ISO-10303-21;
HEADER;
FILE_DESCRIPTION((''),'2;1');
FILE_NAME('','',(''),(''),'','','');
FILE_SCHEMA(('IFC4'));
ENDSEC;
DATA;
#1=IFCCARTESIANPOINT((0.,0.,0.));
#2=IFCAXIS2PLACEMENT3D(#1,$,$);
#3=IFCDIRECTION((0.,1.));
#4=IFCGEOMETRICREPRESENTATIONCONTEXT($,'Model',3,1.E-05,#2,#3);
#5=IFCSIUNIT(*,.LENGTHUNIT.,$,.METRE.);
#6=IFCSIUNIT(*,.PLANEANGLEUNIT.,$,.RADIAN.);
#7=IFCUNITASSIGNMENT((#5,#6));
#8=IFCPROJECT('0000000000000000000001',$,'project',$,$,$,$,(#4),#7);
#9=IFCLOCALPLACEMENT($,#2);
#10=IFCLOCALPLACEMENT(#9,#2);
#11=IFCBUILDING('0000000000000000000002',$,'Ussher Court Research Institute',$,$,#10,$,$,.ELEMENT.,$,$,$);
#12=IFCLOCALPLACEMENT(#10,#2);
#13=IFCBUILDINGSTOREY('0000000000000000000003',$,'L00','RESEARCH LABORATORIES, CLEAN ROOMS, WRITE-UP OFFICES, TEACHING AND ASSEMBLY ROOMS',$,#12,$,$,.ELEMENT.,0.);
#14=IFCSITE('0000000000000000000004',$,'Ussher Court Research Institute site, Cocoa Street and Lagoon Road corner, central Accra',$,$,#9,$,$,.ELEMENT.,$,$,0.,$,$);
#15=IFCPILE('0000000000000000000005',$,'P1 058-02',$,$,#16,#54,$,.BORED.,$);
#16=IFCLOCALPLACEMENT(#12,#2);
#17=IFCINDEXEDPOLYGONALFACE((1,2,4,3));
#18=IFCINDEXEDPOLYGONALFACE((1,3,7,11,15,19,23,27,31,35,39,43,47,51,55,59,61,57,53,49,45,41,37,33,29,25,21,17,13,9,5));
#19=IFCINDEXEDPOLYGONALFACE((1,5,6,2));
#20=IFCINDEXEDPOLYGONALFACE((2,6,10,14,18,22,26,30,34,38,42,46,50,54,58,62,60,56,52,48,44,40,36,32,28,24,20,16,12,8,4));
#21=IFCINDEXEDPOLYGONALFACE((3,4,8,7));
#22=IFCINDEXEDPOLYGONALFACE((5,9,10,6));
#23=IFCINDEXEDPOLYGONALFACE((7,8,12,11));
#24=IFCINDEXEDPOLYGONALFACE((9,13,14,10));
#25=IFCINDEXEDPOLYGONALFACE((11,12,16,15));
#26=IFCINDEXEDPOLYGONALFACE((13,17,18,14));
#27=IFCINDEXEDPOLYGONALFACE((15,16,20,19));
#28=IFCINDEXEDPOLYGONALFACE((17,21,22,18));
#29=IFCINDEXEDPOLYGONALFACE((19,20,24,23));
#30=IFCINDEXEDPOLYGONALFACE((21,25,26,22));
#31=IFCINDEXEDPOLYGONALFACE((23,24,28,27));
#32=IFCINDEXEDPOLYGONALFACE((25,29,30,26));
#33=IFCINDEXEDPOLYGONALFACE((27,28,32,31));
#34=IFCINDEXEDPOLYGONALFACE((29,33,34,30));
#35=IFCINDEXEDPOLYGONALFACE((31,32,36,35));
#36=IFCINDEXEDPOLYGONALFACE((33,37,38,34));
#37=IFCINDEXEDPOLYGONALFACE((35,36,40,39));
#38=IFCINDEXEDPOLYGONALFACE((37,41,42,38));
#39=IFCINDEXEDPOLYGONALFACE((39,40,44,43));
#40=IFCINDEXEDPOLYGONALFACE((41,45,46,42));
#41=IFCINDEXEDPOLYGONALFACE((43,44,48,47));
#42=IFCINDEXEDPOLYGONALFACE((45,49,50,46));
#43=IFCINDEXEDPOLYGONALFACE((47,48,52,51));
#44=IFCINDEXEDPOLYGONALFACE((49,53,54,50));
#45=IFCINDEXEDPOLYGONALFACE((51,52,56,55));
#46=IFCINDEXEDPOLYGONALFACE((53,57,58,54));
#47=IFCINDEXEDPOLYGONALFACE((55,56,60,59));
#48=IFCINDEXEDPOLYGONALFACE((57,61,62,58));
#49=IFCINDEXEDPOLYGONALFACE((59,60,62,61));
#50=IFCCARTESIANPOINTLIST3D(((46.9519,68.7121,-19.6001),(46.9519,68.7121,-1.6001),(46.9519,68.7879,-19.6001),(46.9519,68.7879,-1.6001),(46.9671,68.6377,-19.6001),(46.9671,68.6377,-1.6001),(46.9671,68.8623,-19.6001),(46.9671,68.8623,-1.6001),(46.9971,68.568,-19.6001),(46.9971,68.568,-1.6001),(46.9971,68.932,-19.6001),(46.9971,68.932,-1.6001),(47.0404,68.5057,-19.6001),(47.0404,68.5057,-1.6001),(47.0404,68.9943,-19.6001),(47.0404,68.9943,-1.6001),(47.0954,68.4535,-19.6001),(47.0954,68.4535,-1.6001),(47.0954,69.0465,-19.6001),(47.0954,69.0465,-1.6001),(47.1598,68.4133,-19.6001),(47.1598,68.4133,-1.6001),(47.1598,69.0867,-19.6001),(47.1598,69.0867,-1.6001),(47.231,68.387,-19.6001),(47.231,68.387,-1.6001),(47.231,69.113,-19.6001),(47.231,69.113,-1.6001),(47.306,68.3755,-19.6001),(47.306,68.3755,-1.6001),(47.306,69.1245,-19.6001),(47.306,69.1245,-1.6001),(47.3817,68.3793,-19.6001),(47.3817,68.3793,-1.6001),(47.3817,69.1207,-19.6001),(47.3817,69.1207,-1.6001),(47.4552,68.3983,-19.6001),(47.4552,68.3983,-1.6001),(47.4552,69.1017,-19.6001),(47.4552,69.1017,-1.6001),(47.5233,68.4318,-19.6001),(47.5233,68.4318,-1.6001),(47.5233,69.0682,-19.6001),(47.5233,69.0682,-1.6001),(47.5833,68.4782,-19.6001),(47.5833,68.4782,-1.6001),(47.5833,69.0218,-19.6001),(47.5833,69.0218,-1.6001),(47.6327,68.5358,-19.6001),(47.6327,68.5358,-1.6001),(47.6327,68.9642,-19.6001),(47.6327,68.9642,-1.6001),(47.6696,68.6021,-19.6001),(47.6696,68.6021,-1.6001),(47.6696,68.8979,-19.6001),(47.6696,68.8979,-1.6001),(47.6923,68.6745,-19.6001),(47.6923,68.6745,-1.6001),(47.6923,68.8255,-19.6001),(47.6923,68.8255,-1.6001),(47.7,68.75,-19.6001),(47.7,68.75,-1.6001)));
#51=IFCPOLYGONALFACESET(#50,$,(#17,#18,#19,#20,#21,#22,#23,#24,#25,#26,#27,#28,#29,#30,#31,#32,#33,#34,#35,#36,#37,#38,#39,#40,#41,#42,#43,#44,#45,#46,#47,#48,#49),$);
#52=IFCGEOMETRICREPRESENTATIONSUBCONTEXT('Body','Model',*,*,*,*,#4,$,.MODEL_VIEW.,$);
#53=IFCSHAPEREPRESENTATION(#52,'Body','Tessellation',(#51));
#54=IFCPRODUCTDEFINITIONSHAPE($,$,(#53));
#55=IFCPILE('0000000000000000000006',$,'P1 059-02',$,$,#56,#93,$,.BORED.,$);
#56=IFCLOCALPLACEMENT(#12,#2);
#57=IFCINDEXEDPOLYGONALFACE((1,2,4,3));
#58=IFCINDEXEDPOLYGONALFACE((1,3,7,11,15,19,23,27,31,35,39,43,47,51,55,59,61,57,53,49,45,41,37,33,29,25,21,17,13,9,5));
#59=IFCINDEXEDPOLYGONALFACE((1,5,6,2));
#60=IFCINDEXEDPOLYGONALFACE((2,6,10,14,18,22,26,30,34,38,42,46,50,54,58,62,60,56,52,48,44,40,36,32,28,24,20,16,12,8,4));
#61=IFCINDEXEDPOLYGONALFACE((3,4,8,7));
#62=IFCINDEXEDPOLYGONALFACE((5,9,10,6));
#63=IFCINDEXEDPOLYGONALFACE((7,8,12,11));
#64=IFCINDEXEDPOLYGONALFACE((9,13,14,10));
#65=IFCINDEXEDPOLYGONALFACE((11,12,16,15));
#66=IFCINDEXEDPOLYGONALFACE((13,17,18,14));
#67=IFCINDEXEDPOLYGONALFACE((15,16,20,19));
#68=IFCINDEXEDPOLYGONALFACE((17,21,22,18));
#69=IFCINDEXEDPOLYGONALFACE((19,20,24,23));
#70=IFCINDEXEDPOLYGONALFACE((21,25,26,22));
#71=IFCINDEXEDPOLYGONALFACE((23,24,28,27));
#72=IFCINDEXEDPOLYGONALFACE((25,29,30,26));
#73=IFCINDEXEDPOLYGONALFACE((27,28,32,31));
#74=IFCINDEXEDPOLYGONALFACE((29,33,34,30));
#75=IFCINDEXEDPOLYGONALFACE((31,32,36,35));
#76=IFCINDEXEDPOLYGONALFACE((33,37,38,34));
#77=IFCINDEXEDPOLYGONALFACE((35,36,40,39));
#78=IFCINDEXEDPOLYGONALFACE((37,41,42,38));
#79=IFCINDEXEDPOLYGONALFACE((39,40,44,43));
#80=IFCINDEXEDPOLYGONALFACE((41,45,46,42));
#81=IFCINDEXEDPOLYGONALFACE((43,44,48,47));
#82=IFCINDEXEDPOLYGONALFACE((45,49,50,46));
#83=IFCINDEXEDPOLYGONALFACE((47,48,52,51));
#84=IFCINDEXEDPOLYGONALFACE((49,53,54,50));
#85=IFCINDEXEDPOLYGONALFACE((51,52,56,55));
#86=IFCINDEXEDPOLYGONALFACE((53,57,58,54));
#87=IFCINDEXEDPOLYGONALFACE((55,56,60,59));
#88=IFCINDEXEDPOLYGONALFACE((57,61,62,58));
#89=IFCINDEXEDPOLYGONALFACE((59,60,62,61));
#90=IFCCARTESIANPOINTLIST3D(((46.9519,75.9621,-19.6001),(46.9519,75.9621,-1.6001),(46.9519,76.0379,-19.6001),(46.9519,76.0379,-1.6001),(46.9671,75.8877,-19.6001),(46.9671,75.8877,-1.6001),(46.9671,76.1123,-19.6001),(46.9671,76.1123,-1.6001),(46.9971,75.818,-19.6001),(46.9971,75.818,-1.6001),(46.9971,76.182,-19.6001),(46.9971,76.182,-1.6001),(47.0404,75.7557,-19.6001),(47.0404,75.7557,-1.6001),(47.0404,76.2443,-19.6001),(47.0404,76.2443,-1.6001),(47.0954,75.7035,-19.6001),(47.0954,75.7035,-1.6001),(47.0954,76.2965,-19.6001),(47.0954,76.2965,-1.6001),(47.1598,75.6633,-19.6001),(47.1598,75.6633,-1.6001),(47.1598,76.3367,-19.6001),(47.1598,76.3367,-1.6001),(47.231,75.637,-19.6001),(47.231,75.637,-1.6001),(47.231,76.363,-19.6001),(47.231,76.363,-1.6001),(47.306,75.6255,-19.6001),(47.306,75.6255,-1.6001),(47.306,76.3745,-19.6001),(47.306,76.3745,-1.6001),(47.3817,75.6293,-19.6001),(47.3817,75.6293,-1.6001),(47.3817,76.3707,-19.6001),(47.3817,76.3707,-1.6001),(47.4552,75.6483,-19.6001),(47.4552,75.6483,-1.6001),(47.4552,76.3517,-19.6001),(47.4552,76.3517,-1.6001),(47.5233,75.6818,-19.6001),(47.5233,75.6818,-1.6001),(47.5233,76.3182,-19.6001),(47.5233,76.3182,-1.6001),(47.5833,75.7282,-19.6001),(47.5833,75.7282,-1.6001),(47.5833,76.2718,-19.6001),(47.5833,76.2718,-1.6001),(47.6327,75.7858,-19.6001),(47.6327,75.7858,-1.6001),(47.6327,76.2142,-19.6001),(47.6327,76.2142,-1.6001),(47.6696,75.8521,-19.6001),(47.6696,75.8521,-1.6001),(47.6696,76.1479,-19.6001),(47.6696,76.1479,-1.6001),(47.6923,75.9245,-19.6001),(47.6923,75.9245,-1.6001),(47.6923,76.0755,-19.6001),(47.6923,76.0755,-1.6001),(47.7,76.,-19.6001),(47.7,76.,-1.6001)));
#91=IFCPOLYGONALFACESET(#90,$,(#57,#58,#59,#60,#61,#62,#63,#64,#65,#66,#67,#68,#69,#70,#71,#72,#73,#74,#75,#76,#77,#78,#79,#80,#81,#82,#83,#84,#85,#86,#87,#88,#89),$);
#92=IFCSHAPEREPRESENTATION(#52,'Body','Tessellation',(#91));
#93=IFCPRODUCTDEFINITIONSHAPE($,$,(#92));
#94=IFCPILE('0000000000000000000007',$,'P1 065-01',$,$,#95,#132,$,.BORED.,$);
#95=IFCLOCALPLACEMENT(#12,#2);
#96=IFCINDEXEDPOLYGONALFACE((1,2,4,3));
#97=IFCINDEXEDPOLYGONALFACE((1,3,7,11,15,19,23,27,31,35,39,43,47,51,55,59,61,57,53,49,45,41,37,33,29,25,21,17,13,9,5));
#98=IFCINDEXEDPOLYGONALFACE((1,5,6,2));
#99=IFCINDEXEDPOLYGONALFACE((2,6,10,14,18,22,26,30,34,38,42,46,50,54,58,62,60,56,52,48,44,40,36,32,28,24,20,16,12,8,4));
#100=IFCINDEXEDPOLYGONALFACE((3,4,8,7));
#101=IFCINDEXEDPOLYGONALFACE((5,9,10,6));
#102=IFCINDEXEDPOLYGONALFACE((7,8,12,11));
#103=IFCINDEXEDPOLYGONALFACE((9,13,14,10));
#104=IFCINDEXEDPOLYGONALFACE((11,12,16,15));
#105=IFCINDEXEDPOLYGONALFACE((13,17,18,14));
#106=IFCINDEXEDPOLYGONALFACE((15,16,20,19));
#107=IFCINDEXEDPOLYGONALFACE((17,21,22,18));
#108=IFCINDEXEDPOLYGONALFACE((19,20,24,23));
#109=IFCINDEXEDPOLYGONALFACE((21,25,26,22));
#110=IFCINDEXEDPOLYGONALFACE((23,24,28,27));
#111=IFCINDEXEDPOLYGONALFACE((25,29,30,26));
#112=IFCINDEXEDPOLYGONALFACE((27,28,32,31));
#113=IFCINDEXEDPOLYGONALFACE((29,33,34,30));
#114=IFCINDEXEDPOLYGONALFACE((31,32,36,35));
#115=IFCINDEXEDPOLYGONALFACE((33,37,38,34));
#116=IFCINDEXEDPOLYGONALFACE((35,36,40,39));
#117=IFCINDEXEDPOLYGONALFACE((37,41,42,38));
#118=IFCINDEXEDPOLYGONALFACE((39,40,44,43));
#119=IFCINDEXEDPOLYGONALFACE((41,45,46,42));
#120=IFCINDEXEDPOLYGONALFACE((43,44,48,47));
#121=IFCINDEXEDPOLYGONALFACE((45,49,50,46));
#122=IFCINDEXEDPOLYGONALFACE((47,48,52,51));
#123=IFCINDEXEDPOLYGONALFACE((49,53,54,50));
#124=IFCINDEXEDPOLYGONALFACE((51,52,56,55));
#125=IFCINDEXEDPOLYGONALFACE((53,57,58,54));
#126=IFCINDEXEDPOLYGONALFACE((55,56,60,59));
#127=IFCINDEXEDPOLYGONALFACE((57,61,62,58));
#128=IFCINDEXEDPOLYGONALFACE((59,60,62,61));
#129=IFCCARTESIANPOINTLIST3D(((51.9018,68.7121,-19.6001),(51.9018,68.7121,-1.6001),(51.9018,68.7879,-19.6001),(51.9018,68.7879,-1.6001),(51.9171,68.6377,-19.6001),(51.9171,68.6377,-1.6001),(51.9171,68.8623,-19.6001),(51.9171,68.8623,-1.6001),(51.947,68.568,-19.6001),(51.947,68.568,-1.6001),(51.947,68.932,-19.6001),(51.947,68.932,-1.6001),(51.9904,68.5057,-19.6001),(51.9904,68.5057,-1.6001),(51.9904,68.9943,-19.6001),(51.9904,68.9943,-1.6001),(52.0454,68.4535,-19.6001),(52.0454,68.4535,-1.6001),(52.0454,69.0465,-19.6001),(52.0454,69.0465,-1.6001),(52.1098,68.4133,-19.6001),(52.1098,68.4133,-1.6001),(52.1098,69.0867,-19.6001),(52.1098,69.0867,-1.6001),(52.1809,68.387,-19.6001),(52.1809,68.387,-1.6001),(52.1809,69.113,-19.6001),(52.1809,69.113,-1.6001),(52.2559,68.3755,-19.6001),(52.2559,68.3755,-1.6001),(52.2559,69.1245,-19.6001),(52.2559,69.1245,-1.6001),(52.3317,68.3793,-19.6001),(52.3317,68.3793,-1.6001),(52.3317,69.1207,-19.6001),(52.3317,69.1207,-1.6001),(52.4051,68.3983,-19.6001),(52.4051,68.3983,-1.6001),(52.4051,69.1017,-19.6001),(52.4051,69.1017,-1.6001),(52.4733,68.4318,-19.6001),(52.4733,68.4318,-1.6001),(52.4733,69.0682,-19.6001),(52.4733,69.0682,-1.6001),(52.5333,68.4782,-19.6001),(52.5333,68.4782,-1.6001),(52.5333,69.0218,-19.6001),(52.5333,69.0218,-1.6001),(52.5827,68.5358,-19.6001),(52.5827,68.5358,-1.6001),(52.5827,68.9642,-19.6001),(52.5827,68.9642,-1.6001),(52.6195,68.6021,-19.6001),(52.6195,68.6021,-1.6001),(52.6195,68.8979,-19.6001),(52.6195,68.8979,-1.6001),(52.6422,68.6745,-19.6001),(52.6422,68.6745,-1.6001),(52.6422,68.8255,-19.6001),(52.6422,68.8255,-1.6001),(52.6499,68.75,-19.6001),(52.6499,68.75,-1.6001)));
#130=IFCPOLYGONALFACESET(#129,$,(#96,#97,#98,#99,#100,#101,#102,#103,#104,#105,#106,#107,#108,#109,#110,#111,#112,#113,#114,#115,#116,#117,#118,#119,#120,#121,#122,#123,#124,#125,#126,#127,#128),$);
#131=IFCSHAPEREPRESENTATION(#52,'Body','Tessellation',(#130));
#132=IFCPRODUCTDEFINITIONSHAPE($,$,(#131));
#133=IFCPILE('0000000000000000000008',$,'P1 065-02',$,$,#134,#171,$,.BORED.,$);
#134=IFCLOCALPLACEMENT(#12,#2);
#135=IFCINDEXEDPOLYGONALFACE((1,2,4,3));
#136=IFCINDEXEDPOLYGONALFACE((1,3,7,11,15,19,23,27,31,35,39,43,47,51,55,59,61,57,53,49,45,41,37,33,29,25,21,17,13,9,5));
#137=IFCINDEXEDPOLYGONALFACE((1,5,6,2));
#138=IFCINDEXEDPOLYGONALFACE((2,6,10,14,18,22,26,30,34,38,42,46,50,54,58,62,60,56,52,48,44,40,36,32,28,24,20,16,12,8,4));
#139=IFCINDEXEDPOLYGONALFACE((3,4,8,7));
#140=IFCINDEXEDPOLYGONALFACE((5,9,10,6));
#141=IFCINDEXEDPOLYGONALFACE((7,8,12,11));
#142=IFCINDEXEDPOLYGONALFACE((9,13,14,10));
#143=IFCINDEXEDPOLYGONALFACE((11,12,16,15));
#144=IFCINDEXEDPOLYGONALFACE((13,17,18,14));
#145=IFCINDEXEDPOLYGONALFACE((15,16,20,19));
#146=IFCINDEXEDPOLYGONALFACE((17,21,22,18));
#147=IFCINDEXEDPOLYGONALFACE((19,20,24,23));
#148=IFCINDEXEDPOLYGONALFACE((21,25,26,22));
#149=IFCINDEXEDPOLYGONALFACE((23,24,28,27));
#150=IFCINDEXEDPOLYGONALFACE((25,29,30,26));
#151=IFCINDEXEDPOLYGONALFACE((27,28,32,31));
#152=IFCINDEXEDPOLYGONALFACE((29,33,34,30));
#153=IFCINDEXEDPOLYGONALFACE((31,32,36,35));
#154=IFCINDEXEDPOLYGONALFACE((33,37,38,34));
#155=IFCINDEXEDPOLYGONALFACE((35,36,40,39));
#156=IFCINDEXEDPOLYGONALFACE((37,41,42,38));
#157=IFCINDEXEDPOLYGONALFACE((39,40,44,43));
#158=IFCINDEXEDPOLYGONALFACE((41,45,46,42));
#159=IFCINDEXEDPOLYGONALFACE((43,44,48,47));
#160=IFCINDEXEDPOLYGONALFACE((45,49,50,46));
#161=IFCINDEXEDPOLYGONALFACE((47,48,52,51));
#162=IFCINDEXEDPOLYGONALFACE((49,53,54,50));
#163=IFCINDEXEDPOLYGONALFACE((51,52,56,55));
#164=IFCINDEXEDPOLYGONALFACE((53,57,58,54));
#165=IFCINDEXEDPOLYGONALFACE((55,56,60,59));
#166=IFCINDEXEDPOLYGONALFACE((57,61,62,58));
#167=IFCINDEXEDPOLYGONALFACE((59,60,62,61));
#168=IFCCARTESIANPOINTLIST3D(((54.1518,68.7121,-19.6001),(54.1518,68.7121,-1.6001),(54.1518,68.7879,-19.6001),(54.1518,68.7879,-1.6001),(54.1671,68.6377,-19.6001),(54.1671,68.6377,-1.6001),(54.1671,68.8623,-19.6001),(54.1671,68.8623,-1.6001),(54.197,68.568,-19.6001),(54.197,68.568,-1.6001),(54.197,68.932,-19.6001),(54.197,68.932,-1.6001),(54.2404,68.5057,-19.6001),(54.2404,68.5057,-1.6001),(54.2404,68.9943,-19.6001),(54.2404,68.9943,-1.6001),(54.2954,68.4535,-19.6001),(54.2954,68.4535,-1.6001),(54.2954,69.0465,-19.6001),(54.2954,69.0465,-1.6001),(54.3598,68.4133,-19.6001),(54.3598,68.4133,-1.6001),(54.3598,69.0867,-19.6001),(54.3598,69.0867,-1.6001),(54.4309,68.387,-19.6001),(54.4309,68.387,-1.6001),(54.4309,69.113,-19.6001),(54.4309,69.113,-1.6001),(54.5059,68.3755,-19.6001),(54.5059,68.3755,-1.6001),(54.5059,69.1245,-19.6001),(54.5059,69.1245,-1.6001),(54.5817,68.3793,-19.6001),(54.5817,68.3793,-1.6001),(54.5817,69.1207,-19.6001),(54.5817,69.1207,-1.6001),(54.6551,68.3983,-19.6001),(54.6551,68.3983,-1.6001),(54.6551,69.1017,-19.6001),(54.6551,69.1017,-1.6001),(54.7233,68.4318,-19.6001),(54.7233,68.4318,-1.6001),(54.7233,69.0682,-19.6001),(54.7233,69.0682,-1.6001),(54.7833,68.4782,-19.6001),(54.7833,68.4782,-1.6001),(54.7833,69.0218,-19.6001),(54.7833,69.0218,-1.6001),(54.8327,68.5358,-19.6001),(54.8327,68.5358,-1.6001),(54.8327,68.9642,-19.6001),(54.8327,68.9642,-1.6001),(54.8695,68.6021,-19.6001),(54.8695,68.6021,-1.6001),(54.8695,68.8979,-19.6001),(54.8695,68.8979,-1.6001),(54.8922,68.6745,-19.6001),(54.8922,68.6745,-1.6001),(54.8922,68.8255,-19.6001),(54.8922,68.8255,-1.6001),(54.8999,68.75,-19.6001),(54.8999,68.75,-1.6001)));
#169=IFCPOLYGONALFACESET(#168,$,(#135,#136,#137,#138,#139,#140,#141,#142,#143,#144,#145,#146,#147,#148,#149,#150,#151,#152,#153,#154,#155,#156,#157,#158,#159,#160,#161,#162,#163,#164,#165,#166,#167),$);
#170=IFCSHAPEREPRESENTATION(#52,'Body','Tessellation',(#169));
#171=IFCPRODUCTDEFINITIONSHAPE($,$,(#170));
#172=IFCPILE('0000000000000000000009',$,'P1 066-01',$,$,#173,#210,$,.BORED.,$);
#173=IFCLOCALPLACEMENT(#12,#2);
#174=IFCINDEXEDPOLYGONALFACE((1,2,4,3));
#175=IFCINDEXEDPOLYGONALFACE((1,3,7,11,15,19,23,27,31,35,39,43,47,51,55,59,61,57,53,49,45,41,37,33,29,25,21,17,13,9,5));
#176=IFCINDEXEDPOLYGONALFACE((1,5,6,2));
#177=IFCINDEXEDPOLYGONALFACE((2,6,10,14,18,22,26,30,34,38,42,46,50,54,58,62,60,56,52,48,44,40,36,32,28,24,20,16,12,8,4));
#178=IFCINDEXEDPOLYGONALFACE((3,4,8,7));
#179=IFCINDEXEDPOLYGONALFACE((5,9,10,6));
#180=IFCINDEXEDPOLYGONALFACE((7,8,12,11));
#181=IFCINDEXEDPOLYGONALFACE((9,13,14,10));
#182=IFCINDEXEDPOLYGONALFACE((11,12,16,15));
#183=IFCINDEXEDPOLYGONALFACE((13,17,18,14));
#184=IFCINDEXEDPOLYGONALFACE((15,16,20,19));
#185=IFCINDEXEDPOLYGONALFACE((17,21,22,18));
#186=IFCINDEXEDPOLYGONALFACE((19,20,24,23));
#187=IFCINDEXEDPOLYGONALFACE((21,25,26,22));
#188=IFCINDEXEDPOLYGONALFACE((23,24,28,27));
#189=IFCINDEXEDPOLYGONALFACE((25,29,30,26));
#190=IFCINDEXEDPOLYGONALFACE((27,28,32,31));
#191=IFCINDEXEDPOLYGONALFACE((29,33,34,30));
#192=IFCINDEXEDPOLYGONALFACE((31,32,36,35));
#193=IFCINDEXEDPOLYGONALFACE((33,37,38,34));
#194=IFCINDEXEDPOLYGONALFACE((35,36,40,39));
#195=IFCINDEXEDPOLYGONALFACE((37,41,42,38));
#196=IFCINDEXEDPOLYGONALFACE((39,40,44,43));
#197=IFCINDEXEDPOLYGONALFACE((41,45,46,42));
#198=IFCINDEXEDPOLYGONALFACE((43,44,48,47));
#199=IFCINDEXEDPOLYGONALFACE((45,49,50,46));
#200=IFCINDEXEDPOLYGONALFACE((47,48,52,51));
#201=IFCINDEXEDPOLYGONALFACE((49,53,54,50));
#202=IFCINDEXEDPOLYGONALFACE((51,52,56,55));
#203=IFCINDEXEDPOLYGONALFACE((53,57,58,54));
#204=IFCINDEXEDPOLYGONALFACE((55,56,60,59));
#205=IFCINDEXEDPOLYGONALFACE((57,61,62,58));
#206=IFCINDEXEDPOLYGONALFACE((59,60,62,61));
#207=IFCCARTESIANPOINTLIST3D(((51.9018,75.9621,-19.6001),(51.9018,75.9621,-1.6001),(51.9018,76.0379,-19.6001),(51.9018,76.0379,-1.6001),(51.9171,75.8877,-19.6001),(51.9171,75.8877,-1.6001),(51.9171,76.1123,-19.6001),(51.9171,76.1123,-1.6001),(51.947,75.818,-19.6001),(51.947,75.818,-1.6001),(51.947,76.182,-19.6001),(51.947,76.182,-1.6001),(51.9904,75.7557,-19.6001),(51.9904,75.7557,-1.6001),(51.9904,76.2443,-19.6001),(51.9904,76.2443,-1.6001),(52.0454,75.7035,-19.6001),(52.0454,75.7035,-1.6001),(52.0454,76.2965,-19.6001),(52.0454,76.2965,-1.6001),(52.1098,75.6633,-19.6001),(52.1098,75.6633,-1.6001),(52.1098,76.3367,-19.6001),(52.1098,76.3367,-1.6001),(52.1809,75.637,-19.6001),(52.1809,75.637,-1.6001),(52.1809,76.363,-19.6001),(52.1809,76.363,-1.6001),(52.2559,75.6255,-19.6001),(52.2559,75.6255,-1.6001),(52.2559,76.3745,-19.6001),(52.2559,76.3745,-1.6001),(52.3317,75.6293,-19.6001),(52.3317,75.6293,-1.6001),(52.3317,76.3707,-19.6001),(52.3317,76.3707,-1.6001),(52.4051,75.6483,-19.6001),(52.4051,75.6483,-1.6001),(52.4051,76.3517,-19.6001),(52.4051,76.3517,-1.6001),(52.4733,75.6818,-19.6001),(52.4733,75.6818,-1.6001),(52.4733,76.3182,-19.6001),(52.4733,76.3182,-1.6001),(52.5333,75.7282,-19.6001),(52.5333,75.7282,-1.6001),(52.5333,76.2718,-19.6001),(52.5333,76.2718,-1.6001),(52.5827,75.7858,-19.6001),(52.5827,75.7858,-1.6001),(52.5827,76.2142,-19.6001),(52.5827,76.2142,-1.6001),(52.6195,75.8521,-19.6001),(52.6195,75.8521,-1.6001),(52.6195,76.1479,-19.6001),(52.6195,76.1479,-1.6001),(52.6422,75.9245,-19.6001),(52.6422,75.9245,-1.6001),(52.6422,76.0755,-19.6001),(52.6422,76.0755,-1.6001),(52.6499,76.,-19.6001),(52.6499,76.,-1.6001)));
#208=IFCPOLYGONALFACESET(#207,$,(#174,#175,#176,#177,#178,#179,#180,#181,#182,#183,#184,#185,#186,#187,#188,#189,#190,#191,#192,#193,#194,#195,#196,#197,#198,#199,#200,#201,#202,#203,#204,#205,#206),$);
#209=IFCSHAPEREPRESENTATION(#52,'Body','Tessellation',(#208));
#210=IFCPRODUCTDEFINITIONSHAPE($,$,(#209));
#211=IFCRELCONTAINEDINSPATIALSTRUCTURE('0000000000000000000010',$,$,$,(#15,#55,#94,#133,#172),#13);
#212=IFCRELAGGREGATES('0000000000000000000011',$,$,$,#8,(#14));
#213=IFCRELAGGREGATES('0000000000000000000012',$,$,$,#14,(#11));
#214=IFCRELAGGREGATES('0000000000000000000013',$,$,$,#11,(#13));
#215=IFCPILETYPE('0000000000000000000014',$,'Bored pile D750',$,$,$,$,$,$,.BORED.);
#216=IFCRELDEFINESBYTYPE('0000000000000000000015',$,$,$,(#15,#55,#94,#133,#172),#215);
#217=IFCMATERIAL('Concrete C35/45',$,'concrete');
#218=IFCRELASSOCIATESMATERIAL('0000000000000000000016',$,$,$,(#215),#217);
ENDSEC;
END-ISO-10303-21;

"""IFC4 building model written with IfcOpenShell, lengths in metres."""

from ifc_helpers import new_model, si_unit, direction, frame, origin, origin_2d, place, context, subcontext, project, spatial, circle, extrude, material, material_profile, profile_set, type_object, element, save


model = new_model("IFC4")

# Units and contexts
model_context = context("Model", 3, precision=1e-05, world=origin(), true_north=direction((0.0, 1.0)))
body_context = subcontext(model_context, "Body", "Model", "MODEL_VIEW")
ifc_project = project(units=[si_unit("LENGTHUNIT", "METRE"), si_unit("PLANEANGLEUNIT", "RADIAN")], contexts=[model_context])

# Site, building, storey
site_placement = place(None, origin())
site = spatial("IfcSite", under=ifc_project, at=site_placement, Name="Ussher Court Research Institute site, Cocoa Street and Lagoon Road corner, central Accra", CompositionType="ELEMENT", RefElevation=0.0)
building_placement = place(site_placement, origin())
building = spatial("IfcBuilding", under=site, at=building_placement, Name="Ussher Court Research Institute", CompositionType="ELEMENT")
storey_placement = place(building_placement, origin())
storey = spatial("IfcBuildingStorey", under=building, at=storey_placement, Name="L00", Description="RESEARCH LABORATORIES, CLEAN ROOMS, WRITE-UP OFFICES, TEACHING AND ASSEMBLY ROOMS", CompositionType="ELEMENT", Elevation=0.0)

# Piles
ifc_material_1 = material(Name="Concrete C35/45", Category="concrete")
ifc_material_profile_1 = material_profile(ifc_material_1, circle(Radius=0.375, at=origin_2d()), Name="RC D750")
ifc_profile_set_1 = profile_set([ifc_material_profile_1], Name="Concrete C35/45")
pile_type = type_object("IfcPileType", Name="Bored pile D750", PredefinedType="BORED", material=ifc_profile_set_1)
for number, where, z_axis, x_axis, name in (
    (1, (47.325, 68.75, -1.6001), (0.0, 0.0, -1.0), (1.0, 0.0, 0.0), "P1 058-02"),
    (2, (47.325, 76.0, -1.6001), (0.0, 0.0, -1.0), (1.0, 0.0, 0.0), "P1 059-02"),
    (3, (52.2749, 68.75, -1.6001), (0.0, 0.0, -1.0), (1.0, 0.0, 0.0), "P1 065-01"),
    (4, (54.5249, 68.75, -1.6001), (0.0, 0.0, -1.0), (1.0, 0.0, 0.0), "P1 065-02"),
    (5, (52.2749, 76.0, -1.6001), (0.0, 0.0, -1.0), (1.0, 0.0, 0.0), "P1 066-01"),
):
    element("IfcPile", number, at=place(storey_placement, frame(where, z_axis=z_axis, x_axis=x_axis)), inside=storey, type_object=pile_type, Name=name, PredefinedType="BORED", context=body_context, shape_type="SweptSolid", body=[
        extrude(circle(Radius=0.375, at=origin_2d()), origin(), (0.0, 0.0, 1.0), 18.0),
    ])

save(model, "model.ifc")
